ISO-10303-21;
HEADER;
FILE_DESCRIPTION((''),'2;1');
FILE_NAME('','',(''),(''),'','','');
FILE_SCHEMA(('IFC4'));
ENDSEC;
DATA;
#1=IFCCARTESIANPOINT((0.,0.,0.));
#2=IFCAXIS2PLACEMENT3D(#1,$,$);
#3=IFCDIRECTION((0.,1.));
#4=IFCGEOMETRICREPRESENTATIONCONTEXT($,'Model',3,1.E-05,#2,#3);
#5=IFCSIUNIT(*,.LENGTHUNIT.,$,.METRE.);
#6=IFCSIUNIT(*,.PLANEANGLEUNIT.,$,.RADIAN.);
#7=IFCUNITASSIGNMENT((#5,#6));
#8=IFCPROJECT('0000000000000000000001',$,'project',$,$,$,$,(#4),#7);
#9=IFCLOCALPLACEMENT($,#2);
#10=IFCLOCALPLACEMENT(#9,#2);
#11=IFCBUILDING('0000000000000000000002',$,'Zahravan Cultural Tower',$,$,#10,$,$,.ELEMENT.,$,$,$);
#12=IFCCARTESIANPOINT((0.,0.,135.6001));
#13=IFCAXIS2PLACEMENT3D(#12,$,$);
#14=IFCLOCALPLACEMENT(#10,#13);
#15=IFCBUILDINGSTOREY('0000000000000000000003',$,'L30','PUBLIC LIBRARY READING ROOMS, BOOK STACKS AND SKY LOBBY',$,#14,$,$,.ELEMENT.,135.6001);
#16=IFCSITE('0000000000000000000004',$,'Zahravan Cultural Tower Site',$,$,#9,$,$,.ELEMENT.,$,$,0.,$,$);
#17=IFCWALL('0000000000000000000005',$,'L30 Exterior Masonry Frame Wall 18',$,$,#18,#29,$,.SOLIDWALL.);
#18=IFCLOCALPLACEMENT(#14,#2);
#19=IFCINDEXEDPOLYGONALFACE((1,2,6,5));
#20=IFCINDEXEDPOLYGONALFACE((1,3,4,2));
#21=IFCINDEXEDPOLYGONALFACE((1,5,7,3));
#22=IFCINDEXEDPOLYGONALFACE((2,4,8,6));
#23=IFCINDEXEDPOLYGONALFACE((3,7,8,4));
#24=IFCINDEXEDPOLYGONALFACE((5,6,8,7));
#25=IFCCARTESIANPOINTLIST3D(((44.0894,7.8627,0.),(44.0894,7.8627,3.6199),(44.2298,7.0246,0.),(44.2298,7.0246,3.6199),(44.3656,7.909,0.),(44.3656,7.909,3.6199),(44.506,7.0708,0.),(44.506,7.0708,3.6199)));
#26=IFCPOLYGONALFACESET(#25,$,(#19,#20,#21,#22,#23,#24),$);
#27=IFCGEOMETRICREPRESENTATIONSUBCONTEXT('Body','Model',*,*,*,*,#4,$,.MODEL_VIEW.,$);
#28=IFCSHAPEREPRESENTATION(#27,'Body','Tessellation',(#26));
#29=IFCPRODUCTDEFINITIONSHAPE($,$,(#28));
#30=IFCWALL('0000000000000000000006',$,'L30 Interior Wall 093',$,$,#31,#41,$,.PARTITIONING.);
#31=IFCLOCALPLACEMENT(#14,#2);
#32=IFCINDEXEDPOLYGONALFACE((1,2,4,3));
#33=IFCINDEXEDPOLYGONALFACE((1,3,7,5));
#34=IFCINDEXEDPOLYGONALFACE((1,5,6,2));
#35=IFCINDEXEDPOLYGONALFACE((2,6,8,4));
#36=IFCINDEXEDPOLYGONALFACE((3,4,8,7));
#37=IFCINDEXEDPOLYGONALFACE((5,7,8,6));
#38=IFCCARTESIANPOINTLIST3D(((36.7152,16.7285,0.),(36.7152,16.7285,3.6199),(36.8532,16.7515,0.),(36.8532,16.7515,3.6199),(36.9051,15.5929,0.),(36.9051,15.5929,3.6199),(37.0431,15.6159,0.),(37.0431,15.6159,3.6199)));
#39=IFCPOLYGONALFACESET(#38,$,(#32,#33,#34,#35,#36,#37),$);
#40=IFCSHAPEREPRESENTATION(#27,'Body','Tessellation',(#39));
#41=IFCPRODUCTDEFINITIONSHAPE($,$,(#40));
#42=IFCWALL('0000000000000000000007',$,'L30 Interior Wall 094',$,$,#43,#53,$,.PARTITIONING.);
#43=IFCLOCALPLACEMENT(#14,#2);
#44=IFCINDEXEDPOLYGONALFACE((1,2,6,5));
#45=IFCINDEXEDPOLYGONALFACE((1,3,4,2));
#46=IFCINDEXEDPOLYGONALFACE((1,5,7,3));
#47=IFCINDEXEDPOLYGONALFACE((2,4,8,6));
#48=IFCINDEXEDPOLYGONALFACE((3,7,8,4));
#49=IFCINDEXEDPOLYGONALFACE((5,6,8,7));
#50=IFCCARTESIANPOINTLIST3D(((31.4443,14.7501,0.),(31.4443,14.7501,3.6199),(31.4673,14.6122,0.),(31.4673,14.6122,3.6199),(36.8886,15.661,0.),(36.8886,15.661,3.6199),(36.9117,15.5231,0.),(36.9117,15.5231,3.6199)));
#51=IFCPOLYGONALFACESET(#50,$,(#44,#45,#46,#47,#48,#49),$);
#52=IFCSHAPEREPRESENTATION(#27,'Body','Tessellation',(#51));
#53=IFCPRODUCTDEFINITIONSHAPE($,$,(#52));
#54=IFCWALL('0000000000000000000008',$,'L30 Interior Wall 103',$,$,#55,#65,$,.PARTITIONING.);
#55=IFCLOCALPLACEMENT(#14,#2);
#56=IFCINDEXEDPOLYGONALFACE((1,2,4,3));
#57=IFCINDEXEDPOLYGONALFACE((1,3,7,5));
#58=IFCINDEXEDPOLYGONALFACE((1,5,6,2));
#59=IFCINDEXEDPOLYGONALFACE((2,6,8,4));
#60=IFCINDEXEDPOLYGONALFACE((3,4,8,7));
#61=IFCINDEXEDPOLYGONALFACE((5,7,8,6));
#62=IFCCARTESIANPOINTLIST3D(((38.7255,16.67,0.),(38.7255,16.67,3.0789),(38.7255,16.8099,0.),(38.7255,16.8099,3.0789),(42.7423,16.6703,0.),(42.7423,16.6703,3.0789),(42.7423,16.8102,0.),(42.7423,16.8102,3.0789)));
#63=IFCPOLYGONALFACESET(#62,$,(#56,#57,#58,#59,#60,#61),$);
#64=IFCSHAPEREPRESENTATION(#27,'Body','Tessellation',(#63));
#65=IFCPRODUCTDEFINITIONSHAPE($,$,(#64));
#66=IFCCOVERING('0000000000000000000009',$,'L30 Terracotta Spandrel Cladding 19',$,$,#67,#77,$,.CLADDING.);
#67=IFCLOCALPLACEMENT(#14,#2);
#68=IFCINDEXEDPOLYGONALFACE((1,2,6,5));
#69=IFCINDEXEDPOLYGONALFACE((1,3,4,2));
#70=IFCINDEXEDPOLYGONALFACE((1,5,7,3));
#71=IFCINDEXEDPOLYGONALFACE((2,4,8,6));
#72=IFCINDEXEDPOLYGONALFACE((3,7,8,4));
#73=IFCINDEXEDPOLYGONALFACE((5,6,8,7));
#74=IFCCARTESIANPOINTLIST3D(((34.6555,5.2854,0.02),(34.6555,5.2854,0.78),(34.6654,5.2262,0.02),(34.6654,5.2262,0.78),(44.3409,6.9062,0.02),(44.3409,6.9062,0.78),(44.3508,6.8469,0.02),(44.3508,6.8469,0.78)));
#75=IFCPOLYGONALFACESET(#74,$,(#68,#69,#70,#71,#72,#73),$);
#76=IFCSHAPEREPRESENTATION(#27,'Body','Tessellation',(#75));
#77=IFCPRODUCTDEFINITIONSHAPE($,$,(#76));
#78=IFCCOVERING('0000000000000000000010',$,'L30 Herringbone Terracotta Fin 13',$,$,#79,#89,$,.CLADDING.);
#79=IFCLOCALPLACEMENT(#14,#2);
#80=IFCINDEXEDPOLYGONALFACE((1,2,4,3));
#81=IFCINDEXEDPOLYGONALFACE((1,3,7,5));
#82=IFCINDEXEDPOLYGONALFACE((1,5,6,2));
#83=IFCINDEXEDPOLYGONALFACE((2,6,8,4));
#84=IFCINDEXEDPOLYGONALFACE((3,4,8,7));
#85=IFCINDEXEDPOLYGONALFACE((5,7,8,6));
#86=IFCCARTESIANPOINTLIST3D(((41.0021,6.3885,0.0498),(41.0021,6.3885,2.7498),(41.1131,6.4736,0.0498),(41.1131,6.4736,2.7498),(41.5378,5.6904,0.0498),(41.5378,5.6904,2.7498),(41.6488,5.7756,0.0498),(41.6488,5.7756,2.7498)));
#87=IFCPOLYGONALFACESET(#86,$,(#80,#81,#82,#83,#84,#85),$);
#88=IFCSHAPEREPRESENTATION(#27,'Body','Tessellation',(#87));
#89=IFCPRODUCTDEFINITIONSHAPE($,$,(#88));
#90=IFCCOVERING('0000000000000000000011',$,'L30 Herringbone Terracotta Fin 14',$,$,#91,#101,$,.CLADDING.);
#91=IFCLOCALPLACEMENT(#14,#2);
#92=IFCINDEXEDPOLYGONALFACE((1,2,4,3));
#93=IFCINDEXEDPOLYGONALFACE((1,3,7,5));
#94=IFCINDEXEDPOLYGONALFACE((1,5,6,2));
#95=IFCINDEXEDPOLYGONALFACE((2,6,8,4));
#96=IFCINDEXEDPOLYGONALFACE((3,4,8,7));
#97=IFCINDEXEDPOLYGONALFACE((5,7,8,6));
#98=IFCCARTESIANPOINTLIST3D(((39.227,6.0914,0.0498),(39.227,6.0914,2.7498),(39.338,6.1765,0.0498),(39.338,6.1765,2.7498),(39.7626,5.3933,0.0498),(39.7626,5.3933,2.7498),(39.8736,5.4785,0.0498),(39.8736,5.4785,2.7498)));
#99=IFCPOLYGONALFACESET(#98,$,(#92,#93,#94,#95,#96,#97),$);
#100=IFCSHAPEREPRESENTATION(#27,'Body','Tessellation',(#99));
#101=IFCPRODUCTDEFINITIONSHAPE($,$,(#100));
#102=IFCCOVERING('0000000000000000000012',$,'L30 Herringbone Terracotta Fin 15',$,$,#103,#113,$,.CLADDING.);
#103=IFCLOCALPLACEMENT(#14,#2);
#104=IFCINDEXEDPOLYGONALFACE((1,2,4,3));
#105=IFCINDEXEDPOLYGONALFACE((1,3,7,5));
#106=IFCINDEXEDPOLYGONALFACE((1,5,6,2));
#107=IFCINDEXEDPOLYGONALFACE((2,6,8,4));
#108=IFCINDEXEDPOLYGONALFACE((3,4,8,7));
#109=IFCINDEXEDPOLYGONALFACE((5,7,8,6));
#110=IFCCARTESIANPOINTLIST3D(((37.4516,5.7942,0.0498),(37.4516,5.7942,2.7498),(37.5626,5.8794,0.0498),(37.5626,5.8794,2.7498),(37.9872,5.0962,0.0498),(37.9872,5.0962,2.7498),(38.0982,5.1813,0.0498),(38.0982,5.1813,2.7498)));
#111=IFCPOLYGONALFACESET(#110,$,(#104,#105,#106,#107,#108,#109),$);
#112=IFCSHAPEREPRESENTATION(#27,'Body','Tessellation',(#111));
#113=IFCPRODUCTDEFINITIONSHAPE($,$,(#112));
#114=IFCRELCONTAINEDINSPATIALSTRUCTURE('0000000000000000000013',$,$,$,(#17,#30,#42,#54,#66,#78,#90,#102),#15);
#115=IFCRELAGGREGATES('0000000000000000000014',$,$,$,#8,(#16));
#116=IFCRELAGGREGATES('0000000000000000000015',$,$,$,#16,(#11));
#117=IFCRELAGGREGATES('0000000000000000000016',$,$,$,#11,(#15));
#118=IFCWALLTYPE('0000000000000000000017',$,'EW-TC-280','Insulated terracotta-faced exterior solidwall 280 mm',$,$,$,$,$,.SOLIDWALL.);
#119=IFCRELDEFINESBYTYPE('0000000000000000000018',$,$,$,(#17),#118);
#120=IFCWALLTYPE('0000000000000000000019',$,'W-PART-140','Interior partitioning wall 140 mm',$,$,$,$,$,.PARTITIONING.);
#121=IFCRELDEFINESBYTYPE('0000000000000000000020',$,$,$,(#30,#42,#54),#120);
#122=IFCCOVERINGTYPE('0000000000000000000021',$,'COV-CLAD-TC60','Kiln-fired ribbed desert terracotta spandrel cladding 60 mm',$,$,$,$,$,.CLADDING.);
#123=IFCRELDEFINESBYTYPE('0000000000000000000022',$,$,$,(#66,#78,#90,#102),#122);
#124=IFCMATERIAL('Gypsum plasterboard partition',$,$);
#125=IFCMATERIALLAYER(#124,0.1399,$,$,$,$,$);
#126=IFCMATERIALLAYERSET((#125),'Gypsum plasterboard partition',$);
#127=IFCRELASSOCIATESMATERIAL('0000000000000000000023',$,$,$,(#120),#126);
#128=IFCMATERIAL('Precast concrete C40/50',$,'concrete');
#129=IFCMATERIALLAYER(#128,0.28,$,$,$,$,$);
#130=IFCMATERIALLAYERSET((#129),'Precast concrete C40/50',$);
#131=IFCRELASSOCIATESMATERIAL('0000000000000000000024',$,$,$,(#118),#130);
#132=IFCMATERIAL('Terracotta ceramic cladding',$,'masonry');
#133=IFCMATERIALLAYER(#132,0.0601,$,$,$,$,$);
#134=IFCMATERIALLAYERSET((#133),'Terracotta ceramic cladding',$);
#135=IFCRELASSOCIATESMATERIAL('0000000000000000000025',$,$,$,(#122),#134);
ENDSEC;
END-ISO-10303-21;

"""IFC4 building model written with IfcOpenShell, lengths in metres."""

from ifc_helpers import new_model, si_unit, direction, frame, frame_2d, origin, origin_2d, place, context, subcontext, project, spatial, rectangle, extrude, source, transform, mapped, material, layer, layer_set, type_object, element, save


model = new_model("IFC4")

# Units and contexts
model_context = context("Model", 3, precision=1e-05, world=origin(), true_north=direction((0.0, 1.0)))
body_context = subcontext(model_context, "Body", "Model", "MODEL_VIEW")
ifc_project = project(units=[si_unit("LENGTHUNIT", "METRE"), si_unit("PLANEANGLEUNIT", "RADIAN")], contexts=[model_context])

# Site, building, storey
site_placement = place(None, origin())
site = spatial("IfcSite", under=ifc_project, at=site_placement, Name="Zahravan Cultural Tower Site", CompositionType="ELEMENT", RefElevation=0.0)
building_placement = place(site_placement, origin())
building = spatial("IfcBuilding", under=site, at=building_placement, Name="Zahravan Cultural Tower", CompositionType="ELEMENT")
storey_placement = place(building_placement, frame((0.0, 0.0, 135.6001)))
storey = spatial("IfcBuildingStorey", under=building, at=storey_placement, Name="L30", Description="PUBLIC LIBRARY READING ROOMS, BOOK STACKS AND SKY LOBBY", CompositionType="ELEMENT", Elevation=135.6001)

# Shared definitions
ifc_material_1 = material(Name="Gypsum plasterboard partition")
ifc_layer_1 = layer(ifc_material_1, 0.1399)
ifc_layer_set_1 = layer_set([ifc_layer_1], Name="Gypsum plasterboard partition")
wall_type_1 = type_object("IfcWallType", Name="W-PART-140", Description="Interior partitioning wall 140 mm", PredefinedType="PARTITIONING", material=ifc_layer_set_1)

# Walls
ifc_material_2 = material(Name="Precast concrete C40/50", Category="concrete")
ifc_layer_2 = layer(ifc_material_2, 0.28)
ifc_layer_set_2 = layer_set([ifc_layer_2], Name="Precast concrete C40/50")
wall_type_2 = type_object("IfcWallType", Name="EW-TC-280", Description="Insulated terracotta-faced exterior solidwall 280 mm", PredefinedType="SOLIDWALL", material=ifc_layer_set_2)
shared_shape_1 = source(origin(), body_context, "Body", "SweptSolid", [
    extrude(rectangle(XDim=0.8499, YDim=0.28, at=frame_2d((0.4248, 0.0))), origin(), (0.0, 0.0, 1.0), 3.6199),
])
wall_1_placement = place(storey_placement, frame((44.2275, 7.8857, 0.0), z_axis=(0.0, 0.0, 1.0), x_axis=(0.165191, -0.986262, 0.0)))
element("IfcWall", 1, at=wall_1_placement, inside=storey, type_object=wall_type_2, Name="L30 Exterior Masonry Frame Wall 18", PredefinedType="SOLIDWALL", context=body_context, shape_type="MappedRepresentation", body=[
    mapped(shared_shape_1, transform((0.0, 0.0, 0.0), x_axis=(1.0, 0.0, 0.0), y_axis=(0.0, 1.0, 0.0), z_axis=(0.0, 0.0, 1.0), scale=1.0)),
])
shared_shape_2 = source(origin(), body_context, "Body", "SweptSolid", [
    extrude(rectangle(XDim=1.1514, YDim=0.1399, at=frame_2d((0.5757, 0.0))), origin(), (0.0, 0.0, 1.0), 3.6199),
])
wall_2_placement = place(storey_placement, frame((36.7842, 16.74, 0.0), z_axis=(0.0, 0.0, 1.0), x_axis=(0.164984, -0.986296, 0.0)))
element("IfcWall", 2, at=wall_2_placement, inside=storey, type_object=wall_type_1, Name="L30 Interior Wall 093", PredefinedType="PARTITIONING", context=body_context, shape_type="MappedRepresentation", body=[
    mapped(shared_shape_2, transform((0.0, 0.0, 0.0), x_axis=(1.0, 0.0, 0.0), y_axis=(0.0, 1.0, 0.0), z_axis=(0.0, 0.0, 1.0), scale=1.0)),
])
shared_shape_3 = source(origin(), body_context, "Body", "SweptSolid", [
    extrude(rectangle(XDim=5.52, YDim=0.1399, at=frame_2d((2.76, 0.0))), origin(), (0.0, 0.0, 1.0), 3.6199),
])
wall_3_placement = place(storey_placement, frame((36.9001, 15.592, 0.0), z_axis=(0.0, 0.0, 1.0), x_axis=(-0.986291, -0.165016, 0.0)))
element("IfcWall", 3, at=wall_3_placement, inside=storey, type_object=wall_type_1, Name="L30 Interior Wall 094", PredefinedType="PARTITIONING", context=body_context, shape_type="MappedRepresentation", body=[
    mapped(shared_shape_3, transform((0.0, 0.0, 0.0), x_axis=(1.0, 0.0, 0.0), y_axis=(0.0, 1.0, 0.0), z_axis=(0.0, 0.0, 1.0), scale=1.0)),
])
shared_shape_4 = source(origin(), body_context, "Body", "SweptSolid", [
    extrude(rectangle(XDim=4.0168, YDim=0.1399, at=frame_2d((2.0083, 0.0))), origin(), (0.0, 0.0, 1.0), 3.0789),
])
wall_4_placement = place(storey_placement, frame((38.7256, 16.74, 0.0), z_axis=(0.0, 0.0, 1.0), x_axis=(1.0, 0.000061, 0.0)))
element("IfcWall", 4, at=wall_4_placement, inside=storey, type_object=wall_type_1, Name="L30 Interior Wall 103", PredefinedType="PARTITIONING", context=body_context, shape_type="MappedRepresentation", body=[
    mapped(shared_shape_4, transform((0.0, 0.0, 0.0), x_axis=(1.0, 0.0, 0.0), y_axis=(0.0, 1.0, 0.0), z_axis=(0.0, 0.0, 1.0), scale=1.0)),
])

# Coverings
ifc_material_3 = material(Name="Terracotta ceramic cladding", Category="masonry")
ifc_layer_3 = layer(ifc_material_3, 0.0601)
ifc_layer_set_3 = layer_set([ifc_layer_3], Name="Terracotta ceramic cladding")
covering_type = type_object("IfcCoveringType", Name="COV-CLAD-TC60", Description="Kiln-fired ribbed desert terracotta spandrel cladding 60 mm", PredefinedType="CLADDING", material=ifc_layer_set_3)
shared_shape_5 = source(origin(), body_context, "Body", "SweptSolid", [
    extrude(rectangle(XDim=9.8201, YDim=0.0601, at=origin_2d()), origin(), (0.0, 0.0, 1.0), 0.76),
])
covering_placement = place(storey_placement, frame((39.5032, 6.0662, 0.02), z_axis=(0.0, 0.0, 1.0), x_axis=(-0.986286, -0.165048, 0.0)))
element("IfcCovering", 5, at=covering_placement, inside=storey, type_object=covering_type, Name="L30 Terracotta Spandrel Cladding 19", PredefinedType="CLADDING", context=body_context, shape_type="MappedRepresentation", body=[
    mapped(shared_shape_5, transform((0.0, 0.0, 0.0), x_axis=(1.0, 0.0, 0.0), y_axis=(0.0, 1.0, 0.0), z_axis=(0.0, 0.0, 1.0), scale=1.0)),
])
shared_shape_6 = source(origin(), body_context, "Body", "SweptSolid", [
    extrude(rectangle(XDim=0.8799, YDim=0.1399, at=origin_2d()), origin(), (0.0, 0.0, 1.0), 2.7),
])
for number, where, z_axis, x_axis, name in (
    (6, (41.3254, 6.082, 0.0498), (0.0, 0.0, 1.0), (0.608761, -0.793353, 0.0), "L30 Herringbone Terracotta Fin 13"),
    (7, (39.5503, 5.7849, 0.0498), (0.0, 0.0, 1.0), (0.608761, -0.793353, 0.0), "L30 Herringbone Terracotta Fin 14"),
    (8, (37.7749, 5.4878, 0.0498), (0.0, 0.0, 1.0), (0.608761, -0.793353, 0.0), "L30 Herringbone Terracotta Fin 15"),
):
    element("IfcCovering", number, at=place(storey_placement, frame(where, z_axis=z_axis, x_axis=x_axis)), inside=storey, type_object=covering_type, Name=name, PredefinedType="CLADDING", context=body_context, shape_type="MappedRepresentation", body=[
        mapped(shared_shape_6, transform((0.0, 0.0, 0.0), x_axis=(1.0, 0.0, 0.0), y_axis=(0.0, 1.0, 0.0), z_axis=(0.0, 0.0, 1.0), scale=1.0)),
    ])

save(model, "model.ifc")
